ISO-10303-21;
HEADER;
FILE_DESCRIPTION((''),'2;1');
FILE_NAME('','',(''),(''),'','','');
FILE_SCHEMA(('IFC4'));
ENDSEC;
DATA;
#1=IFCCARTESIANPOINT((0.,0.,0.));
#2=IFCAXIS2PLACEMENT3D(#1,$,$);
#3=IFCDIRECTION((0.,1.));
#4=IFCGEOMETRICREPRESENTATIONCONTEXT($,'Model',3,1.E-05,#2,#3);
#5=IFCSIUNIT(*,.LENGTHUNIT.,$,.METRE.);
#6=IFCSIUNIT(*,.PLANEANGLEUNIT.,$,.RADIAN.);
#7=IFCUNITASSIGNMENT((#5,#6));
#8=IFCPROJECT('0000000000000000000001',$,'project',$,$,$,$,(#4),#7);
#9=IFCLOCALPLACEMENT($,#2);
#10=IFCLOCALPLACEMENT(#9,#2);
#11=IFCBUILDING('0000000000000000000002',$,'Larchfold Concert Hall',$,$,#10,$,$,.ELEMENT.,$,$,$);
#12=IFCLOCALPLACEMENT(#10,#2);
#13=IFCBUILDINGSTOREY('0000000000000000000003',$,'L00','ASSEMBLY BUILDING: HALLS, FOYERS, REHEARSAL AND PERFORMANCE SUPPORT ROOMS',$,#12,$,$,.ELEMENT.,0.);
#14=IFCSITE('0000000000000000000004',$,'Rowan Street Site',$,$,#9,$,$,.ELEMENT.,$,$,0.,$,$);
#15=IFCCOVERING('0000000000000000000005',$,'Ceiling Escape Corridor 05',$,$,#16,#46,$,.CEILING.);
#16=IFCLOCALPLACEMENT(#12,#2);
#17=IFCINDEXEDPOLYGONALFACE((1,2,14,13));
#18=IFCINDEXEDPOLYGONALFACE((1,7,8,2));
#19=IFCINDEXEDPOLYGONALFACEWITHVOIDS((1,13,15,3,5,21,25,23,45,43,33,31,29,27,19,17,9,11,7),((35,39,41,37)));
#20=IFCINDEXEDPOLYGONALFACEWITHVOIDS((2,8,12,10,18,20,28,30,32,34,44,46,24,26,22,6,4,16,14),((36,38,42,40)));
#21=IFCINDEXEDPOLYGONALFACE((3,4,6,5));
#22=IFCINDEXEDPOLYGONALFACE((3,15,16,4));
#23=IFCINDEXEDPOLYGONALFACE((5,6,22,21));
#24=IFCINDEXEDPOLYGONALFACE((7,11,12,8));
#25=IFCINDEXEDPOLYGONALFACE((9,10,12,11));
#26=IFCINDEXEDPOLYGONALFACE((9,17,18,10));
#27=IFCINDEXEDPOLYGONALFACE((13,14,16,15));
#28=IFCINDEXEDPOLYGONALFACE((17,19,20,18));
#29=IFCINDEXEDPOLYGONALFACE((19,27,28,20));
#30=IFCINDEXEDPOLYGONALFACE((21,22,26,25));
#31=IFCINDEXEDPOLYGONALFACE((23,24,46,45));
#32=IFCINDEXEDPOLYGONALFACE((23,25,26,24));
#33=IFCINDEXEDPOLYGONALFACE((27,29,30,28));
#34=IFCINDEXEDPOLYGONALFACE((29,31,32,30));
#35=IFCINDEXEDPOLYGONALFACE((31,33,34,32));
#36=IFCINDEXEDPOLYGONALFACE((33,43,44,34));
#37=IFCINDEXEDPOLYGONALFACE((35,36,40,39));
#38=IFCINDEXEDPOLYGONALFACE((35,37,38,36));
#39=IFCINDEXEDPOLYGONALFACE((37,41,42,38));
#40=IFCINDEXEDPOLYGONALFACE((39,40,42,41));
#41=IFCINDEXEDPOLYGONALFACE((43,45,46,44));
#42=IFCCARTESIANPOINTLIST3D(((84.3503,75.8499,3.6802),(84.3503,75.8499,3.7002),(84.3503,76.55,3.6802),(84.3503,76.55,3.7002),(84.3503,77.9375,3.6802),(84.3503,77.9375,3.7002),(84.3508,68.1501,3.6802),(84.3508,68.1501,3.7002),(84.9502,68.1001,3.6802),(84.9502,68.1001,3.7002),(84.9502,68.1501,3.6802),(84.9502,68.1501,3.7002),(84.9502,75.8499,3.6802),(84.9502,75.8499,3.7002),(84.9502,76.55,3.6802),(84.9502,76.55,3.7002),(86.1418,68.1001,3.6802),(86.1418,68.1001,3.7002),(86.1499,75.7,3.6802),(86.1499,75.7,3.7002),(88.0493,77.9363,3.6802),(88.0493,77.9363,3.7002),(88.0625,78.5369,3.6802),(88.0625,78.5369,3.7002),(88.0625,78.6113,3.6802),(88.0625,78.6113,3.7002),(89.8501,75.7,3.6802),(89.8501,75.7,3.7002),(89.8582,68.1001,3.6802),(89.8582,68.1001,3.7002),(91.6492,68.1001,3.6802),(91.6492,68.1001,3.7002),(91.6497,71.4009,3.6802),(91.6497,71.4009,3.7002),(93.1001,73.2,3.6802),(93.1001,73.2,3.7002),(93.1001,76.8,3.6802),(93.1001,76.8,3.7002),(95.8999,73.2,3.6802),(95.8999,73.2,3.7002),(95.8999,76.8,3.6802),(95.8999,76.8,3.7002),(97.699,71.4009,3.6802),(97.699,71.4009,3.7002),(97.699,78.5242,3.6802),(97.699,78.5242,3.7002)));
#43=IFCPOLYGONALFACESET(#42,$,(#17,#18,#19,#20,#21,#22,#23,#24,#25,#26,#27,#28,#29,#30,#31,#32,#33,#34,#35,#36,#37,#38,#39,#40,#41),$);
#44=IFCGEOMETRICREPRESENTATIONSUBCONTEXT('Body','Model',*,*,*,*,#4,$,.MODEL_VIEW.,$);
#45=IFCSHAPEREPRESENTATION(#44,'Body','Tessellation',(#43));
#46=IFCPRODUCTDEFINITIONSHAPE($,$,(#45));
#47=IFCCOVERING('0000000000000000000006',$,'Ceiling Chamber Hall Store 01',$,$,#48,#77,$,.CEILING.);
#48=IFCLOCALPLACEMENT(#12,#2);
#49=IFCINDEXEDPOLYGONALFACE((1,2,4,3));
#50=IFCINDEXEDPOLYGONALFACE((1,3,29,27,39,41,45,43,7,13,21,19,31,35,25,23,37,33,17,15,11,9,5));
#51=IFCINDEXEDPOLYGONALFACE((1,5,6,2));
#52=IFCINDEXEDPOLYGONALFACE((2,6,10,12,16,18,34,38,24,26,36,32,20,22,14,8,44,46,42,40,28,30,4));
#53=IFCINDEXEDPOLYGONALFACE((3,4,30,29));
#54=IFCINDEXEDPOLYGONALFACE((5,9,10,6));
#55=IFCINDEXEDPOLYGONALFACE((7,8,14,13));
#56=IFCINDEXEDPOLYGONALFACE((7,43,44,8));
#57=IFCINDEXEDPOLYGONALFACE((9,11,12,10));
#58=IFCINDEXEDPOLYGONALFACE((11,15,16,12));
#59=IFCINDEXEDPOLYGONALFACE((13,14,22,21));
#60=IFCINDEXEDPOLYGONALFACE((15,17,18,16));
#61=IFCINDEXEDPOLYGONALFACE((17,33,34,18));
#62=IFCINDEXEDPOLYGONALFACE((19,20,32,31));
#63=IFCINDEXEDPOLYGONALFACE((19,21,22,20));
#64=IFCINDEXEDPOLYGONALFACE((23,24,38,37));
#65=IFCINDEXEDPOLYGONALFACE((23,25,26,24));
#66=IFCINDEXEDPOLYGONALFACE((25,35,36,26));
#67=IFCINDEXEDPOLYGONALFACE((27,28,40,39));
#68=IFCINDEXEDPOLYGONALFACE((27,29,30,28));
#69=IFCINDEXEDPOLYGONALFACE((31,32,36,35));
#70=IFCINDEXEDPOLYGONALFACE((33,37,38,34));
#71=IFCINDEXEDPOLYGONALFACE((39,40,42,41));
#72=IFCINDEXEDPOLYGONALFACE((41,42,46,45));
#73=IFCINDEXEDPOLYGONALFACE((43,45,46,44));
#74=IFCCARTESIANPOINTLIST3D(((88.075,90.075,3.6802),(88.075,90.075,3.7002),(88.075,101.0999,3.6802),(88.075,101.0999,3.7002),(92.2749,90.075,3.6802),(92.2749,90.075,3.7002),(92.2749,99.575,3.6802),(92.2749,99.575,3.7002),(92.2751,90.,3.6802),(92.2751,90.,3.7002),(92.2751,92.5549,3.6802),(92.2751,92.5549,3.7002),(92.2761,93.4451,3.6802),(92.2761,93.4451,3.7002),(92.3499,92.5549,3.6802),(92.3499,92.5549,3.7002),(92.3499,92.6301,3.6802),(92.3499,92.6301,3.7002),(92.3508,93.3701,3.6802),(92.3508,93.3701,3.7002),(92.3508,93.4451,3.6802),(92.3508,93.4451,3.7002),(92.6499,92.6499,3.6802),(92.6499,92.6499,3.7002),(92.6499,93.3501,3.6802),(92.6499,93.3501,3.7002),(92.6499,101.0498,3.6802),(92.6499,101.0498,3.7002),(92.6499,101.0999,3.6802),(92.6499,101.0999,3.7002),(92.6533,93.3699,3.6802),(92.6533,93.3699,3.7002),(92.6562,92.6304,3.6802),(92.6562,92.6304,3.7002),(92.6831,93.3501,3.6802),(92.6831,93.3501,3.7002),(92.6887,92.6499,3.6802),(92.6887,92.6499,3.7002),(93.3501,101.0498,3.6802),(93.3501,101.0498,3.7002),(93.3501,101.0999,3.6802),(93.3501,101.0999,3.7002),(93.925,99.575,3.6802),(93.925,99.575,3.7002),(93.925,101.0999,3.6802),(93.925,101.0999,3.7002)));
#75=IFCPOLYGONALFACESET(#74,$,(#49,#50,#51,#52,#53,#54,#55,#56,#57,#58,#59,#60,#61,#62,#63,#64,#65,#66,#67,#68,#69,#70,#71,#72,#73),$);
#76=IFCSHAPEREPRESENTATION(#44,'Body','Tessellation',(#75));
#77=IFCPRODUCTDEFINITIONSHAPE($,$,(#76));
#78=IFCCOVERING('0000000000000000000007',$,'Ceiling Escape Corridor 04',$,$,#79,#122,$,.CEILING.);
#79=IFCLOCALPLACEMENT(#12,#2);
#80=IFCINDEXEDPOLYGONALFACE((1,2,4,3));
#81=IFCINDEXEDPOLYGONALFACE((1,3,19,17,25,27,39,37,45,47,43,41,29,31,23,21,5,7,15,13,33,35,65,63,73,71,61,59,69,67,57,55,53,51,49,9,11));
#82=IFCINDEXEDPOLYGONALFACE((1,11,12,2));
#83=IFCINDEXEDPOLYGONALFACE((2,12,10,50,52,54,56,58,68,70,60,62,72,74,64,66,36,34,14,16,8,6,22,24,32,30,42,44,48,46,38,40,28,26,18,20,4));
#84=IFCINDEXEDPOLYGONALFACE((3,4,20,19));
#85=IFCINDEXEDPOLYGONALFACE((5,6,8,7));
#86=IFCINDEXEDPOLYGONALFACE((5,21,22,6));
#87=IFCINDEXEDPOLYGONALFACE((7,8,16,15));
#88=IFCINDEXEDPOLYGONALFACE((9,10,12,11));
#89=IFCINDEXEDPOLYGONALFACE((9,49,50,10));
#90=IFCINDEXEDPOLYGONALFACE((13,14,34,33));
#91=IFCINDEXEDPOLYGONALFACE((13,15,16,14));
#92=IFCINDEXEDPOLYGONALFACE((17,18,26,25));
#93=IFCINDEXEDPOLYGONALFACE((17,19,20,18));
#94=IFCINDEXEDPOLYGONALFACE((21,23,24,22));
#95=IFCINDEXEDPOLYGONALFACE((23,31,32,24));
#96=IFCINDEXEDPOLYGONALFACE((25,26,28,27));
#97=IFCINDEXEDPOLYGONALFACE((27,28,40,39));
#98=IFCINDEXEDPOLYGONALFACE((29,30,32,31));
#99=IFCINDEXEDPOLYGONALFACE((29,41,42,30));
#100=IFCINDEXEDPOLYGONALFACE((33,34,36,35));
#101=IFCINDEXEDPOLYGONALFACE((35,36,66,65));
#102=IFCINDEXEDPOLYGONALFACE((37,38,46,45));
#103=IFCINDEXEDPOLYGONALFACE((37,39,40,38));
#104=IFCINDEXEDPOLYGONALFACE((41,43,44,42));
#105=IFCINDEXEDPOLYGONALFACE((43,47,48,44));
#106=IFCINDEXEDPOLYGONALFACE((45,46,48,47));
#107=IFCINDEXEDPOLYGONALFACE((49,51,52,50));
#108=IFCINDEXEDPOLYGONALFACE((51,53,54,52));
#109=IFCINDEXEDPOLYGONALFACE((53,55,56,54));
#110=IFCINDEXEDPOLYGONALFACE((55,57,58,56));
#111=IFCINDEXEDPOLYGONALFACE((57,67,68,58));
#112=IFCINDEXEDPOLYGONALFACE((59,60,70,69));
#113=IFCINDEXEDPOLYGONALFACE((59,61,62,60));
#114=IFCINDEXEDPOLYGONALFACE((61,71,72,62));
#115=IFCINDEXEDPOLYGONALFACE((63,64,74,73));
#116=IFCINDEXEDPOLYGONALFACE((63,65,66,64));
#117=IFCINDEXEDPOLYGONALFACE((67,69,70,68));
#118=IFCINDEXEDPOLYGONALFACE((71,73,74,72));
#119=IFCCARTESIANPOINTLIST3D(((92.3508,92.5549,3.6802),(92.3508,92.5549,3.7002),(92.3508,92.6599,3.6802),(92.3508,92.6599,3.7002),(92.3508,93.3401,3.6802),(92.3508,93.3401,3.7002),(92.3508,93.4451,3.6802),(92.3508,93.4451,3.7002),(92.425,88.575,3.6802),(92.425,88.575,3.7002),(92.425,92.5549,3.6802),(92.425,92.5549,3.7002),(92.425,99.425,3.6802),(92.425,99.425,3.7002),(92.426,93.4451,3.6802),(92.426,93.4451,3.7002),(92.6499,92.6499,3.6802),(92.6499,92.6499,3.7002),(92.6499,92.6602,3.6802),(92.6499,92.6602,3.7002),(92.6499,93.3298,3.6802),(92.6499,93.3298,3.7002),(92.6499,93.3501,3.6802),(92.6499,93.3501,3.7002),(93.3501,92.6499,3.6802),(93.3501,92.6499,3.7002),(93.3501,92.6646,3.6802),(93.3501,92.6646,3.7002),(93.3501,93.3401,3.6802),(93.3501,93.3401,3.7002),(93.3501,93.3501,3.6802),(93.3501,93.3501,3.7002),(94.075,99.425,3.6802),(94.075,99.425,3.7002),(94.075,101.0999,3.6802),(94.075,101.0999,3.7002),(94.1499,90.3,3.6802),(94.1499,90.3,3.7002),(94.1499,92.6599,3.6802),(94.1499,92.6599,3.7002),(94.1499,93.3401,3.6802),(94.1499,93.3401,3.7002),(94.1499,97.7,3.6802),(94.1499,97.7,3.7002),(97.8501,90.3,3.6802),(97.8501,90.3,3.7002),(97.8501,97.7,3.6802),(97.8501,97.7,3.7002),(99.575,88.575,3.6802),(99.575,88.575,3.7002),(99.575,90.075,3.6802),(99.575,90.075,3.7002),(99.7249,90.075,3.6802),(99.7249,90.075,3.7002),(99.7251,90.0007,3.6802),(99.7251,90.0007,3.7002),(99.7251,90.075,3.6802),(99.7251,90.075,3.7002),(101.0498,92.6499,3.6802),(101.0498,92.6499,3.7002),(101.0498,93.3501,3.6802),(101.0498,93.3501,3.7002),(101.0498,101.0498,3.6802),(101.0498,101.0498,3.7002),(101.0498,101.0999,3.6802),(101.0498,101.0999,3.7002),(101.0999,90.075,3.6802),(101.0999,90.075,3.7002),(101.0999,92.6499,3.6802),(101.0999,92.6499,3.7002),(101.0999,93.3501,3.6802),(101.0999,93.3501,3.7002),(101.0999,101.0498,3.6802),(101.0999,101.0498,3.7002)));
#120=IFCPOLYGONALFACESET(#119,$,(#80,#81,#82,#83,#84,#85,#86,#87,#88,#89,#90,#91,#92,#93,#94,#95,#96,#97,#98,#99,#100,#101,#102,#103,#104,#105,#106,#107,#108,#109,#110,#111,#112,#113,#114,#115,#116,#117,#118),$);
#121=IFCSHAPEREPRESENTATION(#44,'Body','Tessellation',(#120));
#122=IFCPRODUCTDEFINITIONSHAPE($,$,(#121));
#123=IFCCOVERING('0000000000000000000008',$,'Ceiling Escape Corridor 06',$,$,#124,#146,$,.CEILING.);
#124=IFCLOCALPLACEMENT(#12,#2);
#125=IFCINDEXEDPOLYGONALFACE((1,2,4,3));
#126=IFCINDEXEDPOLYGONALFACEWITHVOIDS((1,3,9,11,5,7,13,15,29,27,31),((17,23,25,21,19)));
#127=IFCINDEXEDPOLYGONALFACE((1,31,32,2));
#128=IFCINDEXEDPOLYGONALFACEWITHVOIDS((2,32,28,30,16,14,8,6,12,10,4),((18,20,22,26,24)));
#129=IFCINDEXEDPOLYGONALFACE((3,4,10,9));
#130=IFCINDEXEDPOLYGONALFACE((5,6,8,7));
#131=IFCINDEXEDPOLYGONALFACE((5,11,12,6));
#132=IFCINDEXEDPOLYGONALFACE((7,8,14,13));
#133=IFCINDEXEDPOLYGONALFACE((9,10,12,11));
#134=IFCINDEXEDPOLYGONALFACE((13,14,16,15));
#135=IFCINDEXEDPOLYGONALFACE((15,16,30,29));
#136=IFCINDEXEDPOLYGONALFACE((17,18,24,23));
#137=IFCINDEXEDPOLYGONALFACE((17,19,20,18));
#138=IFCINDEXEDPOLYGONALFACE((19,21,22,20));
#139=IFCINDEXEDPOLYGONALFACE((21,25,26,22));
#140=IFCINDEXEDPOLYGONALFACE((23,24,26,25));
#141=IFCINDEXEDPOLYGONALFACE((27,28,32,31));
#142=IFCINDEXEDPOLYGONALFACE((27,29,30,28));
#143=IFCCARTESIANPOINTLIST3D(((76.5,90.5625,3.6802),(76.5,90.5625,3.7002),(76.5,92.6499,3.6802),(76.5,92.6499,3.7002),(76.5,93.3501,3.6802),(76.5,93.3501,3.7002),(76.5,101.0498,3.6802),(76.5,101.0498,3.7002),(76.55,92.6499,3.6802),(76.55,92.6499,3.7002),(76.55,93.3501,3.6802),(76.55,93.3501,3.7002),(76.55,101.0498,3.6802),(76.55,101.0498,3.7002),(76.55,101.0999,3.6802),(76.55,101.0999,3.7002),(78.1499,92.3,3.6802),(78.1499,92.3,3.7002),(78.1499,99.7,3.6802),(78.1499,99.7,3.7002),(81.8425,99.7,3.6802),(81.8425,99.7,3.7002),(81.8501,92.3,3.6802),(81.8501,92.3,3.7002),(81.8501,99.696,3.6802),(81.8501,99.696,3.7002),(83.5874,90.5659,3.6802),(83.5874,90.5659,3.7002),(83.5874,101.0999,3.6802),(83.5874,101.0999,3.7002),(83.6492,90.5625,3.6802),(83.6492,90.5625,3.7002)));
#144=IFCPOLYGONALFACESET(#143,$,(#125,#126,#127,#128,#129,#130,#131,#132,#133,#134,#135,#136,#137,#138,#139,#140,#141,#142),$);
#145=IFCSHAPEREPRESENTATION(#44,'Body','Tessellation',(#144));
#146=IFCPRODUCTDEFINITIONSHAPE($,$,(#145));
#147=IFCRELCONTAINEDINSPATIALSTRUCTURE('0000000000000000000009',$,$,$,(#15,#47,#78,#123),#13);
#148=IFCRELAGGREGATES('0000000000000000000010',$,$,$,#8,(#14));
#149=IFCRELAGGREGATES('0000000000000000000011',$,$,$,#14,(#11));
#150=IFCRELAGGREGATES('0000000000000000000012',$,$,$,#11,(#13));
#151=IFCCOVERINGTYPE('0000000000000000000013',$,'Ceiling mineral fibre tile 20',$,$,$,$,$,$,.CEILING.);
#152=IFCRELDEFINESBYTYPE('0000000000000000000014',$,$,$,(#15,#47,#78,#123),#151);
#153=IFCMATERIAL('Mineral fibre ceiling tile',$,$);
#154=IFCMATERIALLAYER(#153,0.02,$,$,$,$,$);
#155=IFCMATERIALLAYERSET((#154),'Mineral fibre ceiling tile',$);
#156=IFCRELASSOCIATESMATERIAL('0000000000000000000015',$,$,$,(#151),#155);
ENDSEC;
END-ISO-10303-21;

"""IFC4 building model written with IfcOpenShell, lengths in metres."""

from ifc_helpers import new_model, si_unit, direction, frame, origin, place, context, subcontext, project, spatial, polyline, outline, extrude, material, layer, layer_set, type_object, element, save


model = new_model("IFC4")

# Units and contexts
model_context = context("Model", 3, precision=1e-05, world=origin(), true_north=direction((0.0, 1.0)))
body_context = subcontext(model_context, "Body", "Model", "MODEL_VIEW")
ifc_project = project(units=[si_unit("LENGTHUNIT", "METRE"), si_unit("PLANEANGLEUNIT", "RADIAN")], contexts=[model_context])

# Site, building, storey
site_placement = place(None, origin())
site = spatial("IfcSite", under=ifc_project, at=site_placement, Name="Rowan Street Site", CompositionType="ELEMENT", RefElevation=0.0)
building_placement = place(site_placement, origin())
building = spatial("IfcBuilding", under=site, at=building_placement, Name="Larchfold Concert Hall", CompositionType="ELEMENT")
storey_placement = place(building_placement, origin())
storey = spatial("IfcBuildingStorey", under=building, at=storey_placement, Name="L00", Description="ASSEMBLY BUILDING: HALLS, FOYERS, REHEARSAL AND PERFORMANCE SUPPORT ROOMS", CompositionType="ELEMENT", Elevation=0.0)

# Coverings
ifc_material_1 = material(Name="Mineral fibre ceiling tile")
ifc_layer_1 = layer(ifc_material_1, 0.02)
ifc_layer_set_1 = layer_set([ifc_layer_1], Name="Mineral fibre ceiling tile")
covering_type_1 = type_object("IfcCoveringType", Name="Ceiling mineral fibre tile 20", PredefinedType="CEILING", material=ifc_layer_set_1)
covering_1_placement = place(storey_placement, frame((0.0, 0.0, 3.6802)))
element("IfcCovering", 1, at=covering_1_placement, inside=storey, type_object=covering_type_1, Name="Ceiling Escape Corridor 05", PredefinedType="CEILING", context=body_context, shape_type="SweptSolid", body=[
    extrude(outline(polyline([(84.3503, 77.9375), (84.3503, 76.55), (84.9502, 76.55), (84.9502, 75.8499), (84.3503, 75.8499), (84.3508, 68.1501), (84.9502, 68.1501), (84.9502, 68.1001), (86.1418, 68.1001), (86.1499, 75.7), (89.8501, 75.7), (89.8582, 68.1001), (91.6492, 68.1001), (91.6497, 71.4009), (97.699, 71.4009), (97.699, 78.5242), (88.0625, 78.5369), (88.0625, 78.6113), (88.0493, 77.9363), (84.3503, 77.9375)]), holes=[polyline([(95.8999, 76.8), (95.8999, 73.2), (93.1001, 73.2), (93.1001, 76.8), (95.8999, 76.8)])]), origin(), (0.0, 0.0, 1.0), 0.02),
])
covering_2_placement = place(storey_placement, frame((0.0, 0.0, 3.6802)))
element("IfcCovering", 2, at=covering_2_placement, inside=storey, type_object=covering_type_1, Name="Ceiling Chamber Hall Store 01", PredefinedType="CEILING", context=body_context, shape_type="SweptSolid", body=[
    extrude(outline(polyline([(92.2749, 99.575), (93.925, 99.575), (93.925, 101.0999), (93.3501, 101.0999), (93.3501, 101.0498), (92.6499, 101.0498), (92.6499, 101.0999), (88.075, 101.0999), (88.075, 90.075), (92.2749, 90.075), (92.2751, 90.0), (92.2751, 92.5549), (92.3499, 92.5549), (92.3499, 92.6301), (92.6562, 92.6304), (92.6887, 92.6499), (92.6499, 92.6499), (92.6499, 93.3501), (92.6831, 93.3501), (92.6533, 93.3699), (92.3508, 93.3701), (92.3508, 93.4451), (92.2761, 93.4451), (92.2749, 99.575)])), origin(), (0.0, 0.0, 1.0), 0.02),
])
covering_3_placement = place(storey_placement, frame((0.0, 0.0, 3.6802)))
element("IfcCovering", 3, at=covering_3_placement, inside=storey, type_object=covering_type_1, Name="Ceiling Escape Corridor 04", PredefinedType="CEILING", context=body_context, shape_type="SweptSolid", body=[
    extrude(outline(polyline([(93.3501, 93.3401), (94.1499, 93.3401), (94.1499, 97.7), (97.8501, 97.7), (97.8501, 90.3), (94.1499, 90.3), (94.1499, 92.6599), (93.3501, 92.6646), (93.3501, 92.6499), (92.6499, 92.6499), (92.6499, 92.6602), (92.3508, 92.6599), (92.3508, 92.5549), (92.425, 92.5549), (92.425, 88.575), (99.575, 88.575), (99.575, 90.075), (99.7249, 90.075), (99.7251, 90.0007), (99.7251, 90.075), (101.0999, 90.075), (101.0999, 92.6499), (101.0498, 92.6499), (101.0498, 93.3501), (101.0999, 93.3501), (101.0999, 101.0498), (101.0498, 101.0498), (101.0498, 101.0999), (94.075, 101.0999), (94.075, 99.425), (92.425, 99.425), (92.426, 93.4451), (92.3508, 93.4451), (92.3508, 93.3401), (92.6499, 93.3298), (92.6499, 93.3501), (93.3501, 93.3501), (93.3501, 93.3401)])), origin(), (0.0, 0.0, 1.0), 0.02),
])
covering_4_placement = place(storey_placement, frame((0.0, 0.0, 3.6802)))
element("IfcCovering", 4, at=covering_4_placement, inside=storey, type_object=covering_type_1, Name="Ceiling Escape Corridor 06", PredefinedType="CEILING", context=body_context, shape_type="SweptSolid", body=[
    extrude(outline(polyline([(83.6492, 90.5625), (83.5874, 90.5659), (83.5874, 101.0999), (76.55, 101.0999), (76.55, 101.0498), (76.5, 101.0498), (76.5, 93.3501), (76.55, 93.3501), (76.55, 92.6499), (76.5, 92.6499), (76.5, 90.5625), (83.6492, 90.5625)]), holes=[polyline([(78.1499, 92.3), (78.1499, 99.7), (81.8425, 99.7), (81.8501, 99.696), (81.8501, 92.3), (78.1499, 92.3)])]), origin(), (0.0, 0.0, 1.0), 0.02),
])

save(model, "model.ifc")
